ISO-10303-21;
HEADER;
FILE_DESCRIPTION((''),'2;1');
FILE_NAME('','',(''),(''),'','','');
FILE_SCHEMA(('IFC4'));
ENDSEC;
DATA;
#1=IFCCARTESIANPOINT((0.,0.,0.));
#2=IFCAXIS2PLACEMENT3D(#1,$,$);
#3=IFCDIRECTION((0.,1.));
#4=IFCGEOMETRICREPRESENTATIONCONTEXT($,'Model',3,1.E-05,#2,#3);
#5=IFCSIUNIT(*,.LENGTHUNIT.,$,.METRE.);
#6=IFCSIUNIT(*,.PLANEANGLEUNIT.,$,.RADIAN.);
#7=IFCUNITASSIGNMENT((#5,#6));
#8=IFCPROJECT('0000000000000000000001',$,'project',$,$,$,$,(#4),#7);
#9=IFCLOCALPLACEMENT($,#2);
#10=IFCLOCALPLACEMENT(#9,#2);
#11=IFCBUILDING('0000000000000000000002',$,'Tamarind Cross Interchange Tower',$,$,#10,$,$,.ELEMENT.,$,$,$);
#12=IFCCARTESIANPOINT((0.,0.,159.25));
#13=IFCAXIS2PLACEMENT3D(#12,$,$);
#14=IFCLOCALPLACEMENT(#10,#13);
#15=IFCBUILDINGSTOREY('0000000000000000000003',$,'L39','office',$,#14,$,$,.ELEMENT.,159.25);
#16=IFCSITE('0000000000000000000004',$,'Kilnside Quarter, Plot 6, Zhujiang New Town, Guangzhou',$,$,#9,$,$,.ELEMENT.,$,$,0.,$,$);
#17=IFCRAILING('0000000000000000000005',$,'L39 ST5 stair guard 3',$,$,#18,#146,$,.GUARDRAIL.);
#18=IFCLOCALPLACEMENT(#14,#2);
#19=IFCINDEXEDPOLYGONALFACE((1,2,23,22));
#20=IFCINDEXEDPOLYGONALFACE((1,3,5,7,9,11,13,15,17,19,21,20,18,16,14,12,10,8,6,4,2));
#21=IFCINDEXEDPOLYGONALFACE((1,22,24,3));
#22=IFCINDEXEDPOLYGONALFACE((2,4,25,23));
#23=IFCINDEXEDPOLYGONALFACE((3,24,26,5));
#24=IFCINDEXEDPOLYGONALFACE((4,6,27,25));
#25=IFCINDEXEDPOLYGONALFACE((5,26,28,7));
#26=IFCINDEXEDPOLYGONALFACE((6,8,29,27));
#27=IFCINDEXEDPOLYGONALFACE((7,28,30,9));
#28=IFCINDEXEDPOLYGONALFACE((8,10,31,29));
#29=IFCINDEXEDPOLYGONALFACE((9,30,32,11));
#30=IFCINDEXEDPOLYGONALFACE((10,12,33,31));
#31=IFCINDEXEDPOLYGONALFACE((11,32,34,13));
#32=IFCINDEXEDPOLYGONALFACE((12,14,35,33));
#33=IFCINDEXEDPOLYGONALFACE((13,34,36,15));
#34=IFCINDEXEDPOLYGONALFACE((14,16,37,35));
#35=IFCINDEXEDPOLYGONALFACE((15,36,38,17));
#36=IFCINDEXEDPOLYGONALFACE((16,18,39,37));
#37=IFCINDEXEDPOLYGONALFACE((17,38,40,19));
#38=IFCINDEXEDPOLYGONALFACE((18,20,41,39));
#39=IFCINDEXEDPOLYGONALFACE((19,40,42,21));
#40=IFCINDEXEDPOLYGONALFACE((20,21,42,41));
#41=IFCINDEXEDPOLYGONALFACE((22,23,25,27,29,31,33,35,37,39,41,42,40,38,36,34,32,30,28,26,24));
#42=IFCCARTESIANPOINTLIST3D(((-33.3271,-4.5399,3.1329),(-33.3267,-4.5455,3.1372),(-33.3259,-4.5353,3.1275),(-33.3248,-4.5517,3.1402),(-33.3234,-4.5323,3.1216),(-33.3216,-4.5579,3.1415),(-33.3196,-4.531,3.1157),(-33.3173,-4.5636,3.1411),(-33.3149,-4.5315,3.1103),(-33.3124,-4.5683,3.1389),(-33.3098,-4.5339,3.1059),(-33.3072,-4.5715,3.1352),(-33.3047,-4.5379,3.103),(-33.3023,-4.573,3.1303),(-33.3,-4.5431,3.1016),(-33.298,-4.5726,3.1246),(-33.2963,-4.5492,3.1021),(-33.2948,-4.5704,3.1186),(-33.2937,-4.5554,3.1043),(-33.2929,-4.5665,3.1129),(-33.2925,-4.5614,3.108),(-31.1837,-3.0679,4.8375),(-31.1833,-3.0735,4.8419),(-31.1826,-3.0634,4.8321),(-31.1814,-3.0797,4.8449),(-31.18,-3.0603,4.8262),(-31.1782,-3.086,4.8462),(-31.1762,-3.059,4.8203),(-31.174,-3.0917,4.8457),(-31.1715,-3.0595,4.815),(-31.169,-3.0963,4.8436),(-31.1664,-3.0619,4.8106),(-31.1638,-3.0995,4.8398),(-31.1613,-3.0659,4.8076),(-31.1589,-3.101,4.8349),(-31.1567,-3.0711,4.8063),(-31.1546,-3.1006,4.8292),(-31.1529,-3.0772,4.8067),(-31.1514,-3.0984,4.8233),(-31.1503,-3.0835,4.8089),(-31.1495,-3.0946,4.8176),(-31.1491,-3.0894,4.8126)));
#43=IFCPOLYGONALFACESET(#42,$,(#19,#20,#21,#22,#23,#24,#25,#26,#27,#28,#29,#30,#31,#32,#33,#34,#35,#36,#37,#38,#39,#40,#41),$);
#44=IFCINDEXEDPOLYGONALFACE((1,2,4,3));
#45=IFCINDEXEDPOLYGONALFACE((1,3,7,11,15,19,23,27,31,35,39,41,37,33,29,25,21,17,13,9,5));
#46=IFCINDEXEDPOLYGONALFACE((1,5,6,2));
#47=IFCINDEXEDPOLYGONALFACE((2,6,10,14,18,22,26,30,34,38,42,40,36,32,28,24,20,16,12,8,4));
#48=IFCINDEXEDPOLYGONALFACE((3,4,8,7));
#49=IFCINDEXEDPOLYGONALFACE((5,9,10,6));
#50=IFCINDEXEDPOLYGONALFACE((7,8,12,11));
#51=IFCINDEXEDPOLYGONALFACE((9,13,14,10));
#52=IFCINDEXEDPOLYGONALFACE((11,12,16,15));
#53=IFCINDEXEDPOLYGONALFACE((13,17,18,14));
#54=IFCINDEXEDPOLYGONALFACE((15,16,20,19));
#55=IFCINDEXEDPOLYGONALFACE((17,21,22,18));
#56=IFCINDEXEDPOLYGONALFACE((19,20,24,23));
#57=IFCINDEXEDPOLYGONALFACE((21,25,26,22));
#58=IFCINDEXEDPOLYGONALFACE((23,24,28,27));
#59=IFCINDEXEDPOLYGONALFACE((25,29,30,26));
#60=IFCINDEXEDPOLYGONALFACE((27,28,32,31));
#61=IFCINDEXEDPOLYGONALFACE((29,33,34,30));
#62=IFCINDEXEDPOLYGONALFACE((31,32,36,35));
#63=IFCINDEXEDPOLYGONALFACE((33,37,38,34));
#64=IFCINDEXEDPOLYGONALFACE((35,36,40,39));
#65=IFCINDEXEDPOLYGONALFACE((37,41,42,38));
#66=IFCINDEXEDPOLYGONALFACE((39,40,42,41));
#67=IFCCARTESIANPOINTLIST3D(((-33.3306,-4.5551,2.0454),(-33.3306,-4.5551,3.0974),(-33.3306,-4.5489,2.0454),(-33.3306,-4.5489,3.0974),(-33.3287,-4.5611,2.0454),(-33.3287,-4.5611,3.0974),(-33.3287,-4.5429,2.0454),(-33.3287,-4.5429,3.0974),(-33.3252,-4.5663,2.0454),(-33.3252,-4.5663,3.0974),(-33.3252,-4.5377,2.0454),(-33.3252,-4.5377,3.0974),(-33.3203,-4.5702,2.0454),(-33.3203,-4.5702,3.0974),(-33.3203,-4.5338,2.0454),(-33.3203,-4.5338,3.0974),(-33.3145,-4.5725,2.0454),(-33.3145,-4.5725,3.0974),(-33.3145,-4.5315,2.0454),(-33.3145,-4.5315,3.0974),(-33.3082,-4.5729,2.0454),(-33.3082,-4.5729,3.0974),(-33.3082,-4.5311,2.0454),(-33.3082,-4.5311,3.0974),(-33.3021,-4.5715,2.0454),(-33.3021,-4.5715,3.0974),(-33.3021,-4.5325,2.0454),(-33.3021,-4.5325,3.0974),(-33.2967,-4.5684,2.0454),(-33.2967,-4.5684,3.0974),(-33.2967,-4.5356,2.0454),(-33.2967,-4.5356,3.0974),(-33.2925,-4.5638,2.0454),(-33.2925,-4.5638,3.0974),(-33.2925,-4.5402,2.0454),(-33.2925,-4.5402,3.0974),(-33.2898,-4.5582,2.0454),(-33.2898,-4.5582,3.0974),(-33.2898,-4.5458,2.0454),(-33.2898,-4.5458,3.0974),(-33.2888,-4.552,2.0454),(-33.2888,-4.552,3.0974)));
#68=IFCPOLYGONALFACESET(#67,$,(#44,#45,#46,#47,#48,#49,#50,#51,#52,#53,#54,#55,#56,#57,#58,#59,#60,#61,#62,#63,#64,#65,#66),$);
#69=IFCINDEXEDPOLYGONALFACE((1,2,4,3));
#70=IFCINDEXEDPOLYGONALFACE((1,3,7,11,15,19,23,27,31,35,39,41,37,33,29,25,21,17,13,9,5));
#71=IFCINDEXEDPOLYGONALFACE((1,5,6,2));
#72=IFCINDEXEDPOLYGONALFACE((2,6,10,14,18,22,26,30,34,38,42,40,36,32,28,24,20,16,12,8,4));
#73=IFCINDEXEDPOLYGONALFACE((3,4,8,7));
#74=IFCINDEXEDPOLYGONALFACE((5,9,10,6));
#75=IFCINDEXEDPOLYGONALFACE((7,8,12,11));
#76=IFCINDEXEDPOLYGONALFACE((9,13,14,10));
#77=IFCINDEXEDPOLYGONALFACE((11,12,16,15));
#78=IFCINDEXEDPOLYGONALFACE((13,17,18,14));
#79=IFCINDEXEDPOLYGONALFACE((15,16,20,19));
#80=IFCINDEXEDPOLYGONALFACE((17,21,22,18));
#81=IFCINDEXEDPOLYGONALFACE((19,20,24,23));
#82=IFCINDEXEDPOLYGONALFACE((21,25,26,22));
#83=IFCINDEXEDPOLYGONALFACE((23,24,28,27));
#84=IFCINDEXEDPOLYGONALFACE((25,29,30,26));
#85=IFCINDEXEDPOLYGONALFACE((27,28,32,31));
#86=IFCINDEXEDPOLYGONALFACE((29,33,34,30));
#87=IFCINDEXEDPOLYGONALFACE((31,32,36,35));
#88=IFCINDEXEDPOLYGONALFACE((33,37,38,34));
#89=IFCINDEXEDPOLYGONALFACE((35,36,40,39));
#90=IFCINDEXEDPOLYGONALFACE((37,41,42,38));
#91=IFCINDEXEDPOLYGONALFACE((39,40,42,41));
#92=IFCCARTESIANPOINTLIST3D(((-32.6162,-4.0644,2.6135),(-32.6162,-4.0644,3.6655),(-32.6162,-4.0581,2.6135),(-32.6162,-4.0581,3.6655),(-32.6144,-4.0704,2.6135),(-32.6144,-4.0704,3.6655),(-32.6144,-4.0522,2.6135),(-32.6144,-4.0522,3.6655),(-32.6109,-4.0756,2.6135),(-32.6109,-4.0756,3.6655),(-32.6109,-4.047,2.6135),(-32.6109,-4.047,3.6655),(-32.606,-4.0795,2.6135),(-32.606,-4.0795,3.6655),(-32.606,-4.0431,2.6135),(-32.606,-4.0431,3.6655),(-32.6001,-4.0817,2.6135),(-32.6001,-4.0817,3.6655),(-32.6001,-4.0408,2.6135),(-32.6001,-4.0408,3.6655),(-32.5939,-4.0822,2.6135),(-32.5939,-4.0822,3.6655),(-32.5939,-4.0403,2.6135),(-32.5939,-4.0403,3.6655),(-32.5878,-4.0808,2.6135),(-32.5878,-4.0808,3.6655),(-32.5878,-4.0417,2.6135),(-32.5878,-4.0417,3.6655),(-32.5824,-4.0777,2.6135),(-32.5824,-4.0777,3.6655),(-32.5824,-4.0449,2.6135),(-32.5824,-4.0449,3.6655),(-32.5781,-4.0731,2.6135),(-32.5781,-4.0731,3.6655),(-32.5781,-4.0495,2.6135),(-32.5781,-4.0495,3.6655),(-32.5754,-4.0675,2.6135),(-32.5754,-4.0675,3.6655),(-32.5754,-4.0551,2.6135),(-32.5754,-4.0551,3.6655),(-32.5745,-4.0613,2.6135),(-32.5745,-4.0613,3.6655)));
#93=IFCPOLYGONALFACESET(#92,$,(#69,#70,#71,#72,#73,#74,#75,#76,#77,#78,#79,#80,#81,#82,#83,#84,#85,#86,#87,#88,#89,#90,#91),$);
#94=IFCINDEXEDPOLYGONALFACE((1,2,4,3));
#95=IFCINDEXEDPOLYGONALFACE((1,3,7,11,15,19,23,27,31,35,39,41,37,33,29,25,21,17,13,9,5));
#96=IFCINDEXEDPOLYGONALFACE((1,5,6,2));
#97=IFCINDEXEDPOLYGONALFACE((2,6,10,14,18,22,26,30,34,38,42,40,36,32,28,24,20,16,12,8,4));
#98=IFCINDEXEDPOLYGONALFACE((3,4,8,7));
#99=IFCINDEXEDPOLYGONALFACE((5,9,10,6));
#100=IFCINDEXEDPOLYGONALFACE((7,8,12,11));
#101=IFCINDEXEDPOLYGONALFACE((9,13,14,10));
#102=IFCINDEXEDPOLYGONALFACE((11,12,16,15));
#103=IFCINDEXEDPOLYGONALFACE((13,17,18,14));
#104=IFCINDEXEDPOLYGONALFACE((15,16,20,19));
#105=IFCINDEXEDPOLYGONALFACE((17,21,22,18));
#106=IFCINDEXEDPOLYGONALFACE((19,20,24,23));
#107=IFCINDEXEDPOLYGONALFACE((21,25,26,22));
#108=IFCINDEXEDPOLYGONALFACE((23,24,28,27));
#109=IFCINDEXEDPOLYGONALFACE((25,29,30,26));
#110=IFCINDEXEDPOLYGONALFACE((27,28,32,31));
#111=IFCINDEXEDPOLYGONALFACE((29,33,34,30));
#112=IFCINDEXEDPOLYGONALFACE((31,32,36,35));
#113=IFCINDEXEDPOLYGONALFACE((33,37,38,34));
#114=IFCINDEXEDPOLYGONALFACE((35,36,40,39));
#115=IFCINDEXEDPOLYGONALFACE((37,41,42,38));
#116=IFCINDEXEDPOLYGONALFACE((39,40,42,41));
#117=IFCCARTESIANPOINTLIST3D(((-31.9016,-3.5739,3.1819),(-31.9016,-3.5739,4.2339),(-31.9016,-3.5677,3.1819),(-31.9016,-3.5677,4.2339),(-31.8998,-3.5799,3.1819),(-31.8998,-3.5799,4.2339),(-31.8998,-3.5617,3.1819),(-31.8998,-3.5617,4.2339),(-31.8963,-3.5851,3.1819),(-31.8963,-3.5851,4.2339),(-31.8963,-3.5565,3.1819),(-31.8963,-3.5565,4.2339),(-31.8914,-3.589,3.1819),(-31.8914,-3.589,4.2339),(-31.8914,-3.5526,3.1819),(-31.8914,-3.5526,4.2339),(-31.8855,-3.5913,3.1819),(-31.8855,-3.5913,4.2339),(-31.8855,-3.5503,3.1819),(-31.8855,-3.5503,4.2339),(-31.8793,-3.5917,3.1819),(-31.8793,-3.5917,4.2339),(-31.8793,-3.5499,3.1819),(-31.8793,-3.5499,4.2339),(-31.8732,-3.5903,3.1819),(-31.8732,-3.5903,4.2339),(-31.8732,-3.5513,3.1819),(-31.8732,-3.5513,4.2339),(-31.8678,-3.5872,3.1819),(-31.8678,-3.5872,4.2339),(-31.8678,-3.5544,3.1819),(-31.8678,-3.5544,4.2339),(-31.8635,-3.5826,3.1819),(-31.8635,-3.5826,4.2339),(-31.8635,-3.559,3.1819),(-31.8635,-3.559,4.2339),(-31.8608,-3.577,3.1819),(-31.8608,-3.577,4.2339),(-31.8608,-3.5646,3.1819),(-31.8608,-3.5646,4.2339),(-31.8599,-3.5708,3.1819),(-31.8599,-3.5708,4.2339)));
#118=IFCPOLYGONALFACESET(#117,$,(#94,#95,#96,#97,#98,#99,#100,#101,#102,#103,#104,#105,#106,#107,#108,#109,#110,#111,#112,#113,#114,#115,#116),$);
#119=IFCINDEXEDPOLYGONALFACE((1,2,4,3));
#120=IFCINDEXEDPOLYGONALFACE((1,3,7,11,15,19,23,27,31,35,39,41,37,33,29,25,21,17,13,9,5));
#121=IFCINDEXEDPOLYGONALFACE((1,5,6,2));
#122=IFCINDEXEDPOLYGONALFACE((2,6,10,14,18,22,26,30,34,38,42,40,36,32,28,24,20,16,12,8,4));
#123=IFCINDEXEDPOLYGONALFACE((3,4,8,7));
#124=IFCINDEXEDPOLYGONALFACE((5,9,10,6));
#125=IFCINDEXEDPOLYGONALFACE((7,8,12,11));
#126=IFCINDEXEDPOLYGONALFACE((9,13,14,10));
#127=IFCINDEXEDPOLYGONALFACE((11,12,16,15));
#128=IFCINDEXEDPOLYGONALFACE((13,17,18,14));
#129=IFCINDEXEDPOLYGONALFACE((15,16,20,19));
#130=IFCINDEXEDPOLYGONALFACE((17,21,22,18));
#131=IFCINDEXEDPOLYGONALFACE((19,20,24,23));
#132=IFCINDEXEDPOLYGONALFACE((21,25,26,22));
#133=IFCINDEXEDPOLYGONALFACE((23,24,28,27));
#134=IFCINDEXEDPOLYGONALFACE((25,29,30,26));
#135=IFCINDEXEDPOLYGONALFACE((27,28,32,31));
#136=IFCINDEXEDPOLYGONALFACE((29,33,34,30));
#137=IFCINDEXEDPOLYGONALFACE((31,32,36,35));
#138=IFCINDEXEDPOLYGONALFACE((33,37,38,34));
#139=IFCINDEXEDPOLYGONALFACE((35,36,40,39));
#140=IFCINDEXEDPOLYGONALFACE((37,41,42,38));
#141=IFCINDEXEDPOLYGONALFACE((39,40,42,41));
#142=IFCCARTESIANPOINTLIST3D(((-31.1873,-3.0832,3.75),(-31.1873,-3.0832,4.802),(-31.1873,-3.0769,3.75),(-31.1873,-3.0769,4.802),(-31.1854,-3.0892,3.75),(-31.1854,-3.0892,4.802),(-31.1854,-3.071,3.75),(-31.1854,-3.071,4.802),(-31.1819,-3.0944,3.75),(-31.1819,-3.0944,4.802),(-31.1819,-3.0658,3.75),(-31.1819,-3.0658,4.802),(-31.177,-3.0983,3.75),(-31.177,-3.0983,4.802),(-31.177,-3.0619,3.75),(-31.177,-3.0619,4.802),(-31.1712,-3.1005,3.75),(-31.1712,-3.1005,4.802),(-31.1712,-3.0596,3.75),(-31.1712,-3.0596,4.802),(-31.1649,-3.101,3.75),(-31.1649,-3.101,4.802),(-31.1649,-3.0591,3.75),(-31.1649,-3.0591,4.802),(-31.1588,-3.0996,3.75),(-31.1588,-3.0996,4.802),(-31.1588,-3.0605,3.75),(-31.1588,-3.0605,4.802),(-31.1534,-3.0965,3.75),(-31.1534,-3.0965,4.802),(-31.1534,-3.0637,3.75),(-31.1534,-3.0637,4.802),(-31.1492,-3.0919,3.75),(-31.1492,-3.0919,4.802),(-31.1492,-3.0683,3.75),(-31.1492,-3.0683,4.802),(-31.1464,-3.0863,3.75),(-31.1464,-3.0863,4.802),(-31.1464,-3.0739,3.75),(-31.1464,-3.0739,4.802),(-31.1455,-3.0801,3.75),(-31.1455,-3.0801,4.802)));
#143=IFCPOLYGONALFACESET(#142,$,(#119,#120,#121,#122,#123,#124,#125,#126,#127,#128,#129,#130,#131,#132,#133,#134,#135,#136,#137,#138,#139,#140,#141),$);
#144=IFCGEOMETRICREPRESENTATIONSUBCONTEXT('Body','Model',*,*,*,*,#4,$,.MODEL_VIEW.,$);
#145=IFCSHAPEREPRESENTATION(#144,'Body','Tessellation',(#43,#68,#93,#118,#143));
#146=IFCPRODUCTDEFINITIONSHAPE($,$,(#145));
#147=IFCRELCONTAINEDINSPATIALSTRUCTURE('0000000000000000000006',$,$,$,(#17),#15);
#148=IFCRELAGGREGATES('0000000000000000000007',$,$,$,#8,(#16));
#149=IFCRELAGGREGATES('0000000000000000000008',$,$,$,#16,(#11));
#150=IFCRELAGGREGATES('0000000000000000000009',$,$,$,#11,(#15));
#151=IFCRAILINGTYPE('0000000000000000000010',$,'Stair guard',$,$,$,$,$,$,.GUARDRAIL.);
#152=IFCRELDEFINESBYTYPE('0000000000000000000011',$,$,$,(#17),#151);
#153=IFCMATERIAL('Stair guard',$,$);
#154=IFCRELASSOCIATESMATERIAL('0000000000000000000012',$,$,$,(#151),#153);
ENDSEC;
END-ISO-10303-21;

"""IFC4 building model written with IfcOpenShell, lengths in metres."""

from ifc_helpers import new_model, si_unit, direction, frame, origin, origin_2d, place, context, subcontext, project, spatial, circle, extrude, material, type_object, element, save


model = new_model("IFC4")

# Units and contexts
model_context = context("Model", 3, precision=1e-05, world=origin(), true_north=direction((0.0, 1.0)))
body_context = subcontext(model_context, "Body", "Model", "MODEL_VIEW")
ifc_project = project(units=[si_unit("LENGTHUNIT", "METRE"), si_unit("PLANEANGLEUNIT", "RADIAN")], contexts=[model_context])

# Site, building, storey
site_placement = place(None, origin())
site = spatial("IfcSite", under=ifc_project, at=site_placement, Name="Kilnside Quarter, Plot 6, Zhujiang New Town, Guangzhou", CompositionType="ELEMENT", RefElevation=0.0)
building_placement = place(site_placement, origin())
building = spatial("IfcBuilding", under=site, at=building_placement, Name="Tamarind Cross Interchange Tower", CompositionType="ELEMENT")
storey_placement = place(building_placement, frame((0.0, 0.0, 159.25)))
storey = spatial("IfcBuildingStorey", under=building, at=storey_placement, Name="L39", Description="office", CompositionType="ELEMENT", Elevation=159.25)

# Railing
ifc_material_1 = material(Name="Stair guard")
railing_type_1 = type_object("IfcRailingType", Name="Stair guard", PredefinedType="GUARDRAIL", material=ifc_material_1)
railing_1_placement = place(storey_placement, frame((-33.3098, -4.552, 2.0454)))
element("IfcRailing", 1, at=railing_1_placement, inside=storey, type_object=railing_type_1, Name="L39 ST5 stair guard 3", PredefinedType="GUARDRAIL", context=body_context, shape_type="SweptSolid", body=[
    extrude(circle(Radius=0.0239, at=origin_2d()), frame((0.0, 0.0, 1.0762), z_axis=(0.689386, 0.473438, 0.548274), x_axis=(-0.56611, 0.824329, 0.0)), (0.0, 0.0, 1.0), 3.1091),
    extrude(circle(Radius=0.021, at=origin_2d()), origin(), (0.0, 0.0, 1.0), 1.052),
    extrude(circle(Radius=0.021, at=origin_2d()), frame((0.7144, 0.4907, 0.5681)), (0.0, 0.0, 1.0), 1.052),
    extrude(circle(Radius=0.021, at=origin_2d()), frame((1.429, 0.9812, 1.1365)), (0.0, 0.0, 1.0), 1.052),
    extrude(circle(Radius=0.021, at=origin_2d()), frame((2.1433, 1.4719, 1.7046)), (0.0, 0.0, 1.0), 1.052),
])

save(model, "model.ifc")
